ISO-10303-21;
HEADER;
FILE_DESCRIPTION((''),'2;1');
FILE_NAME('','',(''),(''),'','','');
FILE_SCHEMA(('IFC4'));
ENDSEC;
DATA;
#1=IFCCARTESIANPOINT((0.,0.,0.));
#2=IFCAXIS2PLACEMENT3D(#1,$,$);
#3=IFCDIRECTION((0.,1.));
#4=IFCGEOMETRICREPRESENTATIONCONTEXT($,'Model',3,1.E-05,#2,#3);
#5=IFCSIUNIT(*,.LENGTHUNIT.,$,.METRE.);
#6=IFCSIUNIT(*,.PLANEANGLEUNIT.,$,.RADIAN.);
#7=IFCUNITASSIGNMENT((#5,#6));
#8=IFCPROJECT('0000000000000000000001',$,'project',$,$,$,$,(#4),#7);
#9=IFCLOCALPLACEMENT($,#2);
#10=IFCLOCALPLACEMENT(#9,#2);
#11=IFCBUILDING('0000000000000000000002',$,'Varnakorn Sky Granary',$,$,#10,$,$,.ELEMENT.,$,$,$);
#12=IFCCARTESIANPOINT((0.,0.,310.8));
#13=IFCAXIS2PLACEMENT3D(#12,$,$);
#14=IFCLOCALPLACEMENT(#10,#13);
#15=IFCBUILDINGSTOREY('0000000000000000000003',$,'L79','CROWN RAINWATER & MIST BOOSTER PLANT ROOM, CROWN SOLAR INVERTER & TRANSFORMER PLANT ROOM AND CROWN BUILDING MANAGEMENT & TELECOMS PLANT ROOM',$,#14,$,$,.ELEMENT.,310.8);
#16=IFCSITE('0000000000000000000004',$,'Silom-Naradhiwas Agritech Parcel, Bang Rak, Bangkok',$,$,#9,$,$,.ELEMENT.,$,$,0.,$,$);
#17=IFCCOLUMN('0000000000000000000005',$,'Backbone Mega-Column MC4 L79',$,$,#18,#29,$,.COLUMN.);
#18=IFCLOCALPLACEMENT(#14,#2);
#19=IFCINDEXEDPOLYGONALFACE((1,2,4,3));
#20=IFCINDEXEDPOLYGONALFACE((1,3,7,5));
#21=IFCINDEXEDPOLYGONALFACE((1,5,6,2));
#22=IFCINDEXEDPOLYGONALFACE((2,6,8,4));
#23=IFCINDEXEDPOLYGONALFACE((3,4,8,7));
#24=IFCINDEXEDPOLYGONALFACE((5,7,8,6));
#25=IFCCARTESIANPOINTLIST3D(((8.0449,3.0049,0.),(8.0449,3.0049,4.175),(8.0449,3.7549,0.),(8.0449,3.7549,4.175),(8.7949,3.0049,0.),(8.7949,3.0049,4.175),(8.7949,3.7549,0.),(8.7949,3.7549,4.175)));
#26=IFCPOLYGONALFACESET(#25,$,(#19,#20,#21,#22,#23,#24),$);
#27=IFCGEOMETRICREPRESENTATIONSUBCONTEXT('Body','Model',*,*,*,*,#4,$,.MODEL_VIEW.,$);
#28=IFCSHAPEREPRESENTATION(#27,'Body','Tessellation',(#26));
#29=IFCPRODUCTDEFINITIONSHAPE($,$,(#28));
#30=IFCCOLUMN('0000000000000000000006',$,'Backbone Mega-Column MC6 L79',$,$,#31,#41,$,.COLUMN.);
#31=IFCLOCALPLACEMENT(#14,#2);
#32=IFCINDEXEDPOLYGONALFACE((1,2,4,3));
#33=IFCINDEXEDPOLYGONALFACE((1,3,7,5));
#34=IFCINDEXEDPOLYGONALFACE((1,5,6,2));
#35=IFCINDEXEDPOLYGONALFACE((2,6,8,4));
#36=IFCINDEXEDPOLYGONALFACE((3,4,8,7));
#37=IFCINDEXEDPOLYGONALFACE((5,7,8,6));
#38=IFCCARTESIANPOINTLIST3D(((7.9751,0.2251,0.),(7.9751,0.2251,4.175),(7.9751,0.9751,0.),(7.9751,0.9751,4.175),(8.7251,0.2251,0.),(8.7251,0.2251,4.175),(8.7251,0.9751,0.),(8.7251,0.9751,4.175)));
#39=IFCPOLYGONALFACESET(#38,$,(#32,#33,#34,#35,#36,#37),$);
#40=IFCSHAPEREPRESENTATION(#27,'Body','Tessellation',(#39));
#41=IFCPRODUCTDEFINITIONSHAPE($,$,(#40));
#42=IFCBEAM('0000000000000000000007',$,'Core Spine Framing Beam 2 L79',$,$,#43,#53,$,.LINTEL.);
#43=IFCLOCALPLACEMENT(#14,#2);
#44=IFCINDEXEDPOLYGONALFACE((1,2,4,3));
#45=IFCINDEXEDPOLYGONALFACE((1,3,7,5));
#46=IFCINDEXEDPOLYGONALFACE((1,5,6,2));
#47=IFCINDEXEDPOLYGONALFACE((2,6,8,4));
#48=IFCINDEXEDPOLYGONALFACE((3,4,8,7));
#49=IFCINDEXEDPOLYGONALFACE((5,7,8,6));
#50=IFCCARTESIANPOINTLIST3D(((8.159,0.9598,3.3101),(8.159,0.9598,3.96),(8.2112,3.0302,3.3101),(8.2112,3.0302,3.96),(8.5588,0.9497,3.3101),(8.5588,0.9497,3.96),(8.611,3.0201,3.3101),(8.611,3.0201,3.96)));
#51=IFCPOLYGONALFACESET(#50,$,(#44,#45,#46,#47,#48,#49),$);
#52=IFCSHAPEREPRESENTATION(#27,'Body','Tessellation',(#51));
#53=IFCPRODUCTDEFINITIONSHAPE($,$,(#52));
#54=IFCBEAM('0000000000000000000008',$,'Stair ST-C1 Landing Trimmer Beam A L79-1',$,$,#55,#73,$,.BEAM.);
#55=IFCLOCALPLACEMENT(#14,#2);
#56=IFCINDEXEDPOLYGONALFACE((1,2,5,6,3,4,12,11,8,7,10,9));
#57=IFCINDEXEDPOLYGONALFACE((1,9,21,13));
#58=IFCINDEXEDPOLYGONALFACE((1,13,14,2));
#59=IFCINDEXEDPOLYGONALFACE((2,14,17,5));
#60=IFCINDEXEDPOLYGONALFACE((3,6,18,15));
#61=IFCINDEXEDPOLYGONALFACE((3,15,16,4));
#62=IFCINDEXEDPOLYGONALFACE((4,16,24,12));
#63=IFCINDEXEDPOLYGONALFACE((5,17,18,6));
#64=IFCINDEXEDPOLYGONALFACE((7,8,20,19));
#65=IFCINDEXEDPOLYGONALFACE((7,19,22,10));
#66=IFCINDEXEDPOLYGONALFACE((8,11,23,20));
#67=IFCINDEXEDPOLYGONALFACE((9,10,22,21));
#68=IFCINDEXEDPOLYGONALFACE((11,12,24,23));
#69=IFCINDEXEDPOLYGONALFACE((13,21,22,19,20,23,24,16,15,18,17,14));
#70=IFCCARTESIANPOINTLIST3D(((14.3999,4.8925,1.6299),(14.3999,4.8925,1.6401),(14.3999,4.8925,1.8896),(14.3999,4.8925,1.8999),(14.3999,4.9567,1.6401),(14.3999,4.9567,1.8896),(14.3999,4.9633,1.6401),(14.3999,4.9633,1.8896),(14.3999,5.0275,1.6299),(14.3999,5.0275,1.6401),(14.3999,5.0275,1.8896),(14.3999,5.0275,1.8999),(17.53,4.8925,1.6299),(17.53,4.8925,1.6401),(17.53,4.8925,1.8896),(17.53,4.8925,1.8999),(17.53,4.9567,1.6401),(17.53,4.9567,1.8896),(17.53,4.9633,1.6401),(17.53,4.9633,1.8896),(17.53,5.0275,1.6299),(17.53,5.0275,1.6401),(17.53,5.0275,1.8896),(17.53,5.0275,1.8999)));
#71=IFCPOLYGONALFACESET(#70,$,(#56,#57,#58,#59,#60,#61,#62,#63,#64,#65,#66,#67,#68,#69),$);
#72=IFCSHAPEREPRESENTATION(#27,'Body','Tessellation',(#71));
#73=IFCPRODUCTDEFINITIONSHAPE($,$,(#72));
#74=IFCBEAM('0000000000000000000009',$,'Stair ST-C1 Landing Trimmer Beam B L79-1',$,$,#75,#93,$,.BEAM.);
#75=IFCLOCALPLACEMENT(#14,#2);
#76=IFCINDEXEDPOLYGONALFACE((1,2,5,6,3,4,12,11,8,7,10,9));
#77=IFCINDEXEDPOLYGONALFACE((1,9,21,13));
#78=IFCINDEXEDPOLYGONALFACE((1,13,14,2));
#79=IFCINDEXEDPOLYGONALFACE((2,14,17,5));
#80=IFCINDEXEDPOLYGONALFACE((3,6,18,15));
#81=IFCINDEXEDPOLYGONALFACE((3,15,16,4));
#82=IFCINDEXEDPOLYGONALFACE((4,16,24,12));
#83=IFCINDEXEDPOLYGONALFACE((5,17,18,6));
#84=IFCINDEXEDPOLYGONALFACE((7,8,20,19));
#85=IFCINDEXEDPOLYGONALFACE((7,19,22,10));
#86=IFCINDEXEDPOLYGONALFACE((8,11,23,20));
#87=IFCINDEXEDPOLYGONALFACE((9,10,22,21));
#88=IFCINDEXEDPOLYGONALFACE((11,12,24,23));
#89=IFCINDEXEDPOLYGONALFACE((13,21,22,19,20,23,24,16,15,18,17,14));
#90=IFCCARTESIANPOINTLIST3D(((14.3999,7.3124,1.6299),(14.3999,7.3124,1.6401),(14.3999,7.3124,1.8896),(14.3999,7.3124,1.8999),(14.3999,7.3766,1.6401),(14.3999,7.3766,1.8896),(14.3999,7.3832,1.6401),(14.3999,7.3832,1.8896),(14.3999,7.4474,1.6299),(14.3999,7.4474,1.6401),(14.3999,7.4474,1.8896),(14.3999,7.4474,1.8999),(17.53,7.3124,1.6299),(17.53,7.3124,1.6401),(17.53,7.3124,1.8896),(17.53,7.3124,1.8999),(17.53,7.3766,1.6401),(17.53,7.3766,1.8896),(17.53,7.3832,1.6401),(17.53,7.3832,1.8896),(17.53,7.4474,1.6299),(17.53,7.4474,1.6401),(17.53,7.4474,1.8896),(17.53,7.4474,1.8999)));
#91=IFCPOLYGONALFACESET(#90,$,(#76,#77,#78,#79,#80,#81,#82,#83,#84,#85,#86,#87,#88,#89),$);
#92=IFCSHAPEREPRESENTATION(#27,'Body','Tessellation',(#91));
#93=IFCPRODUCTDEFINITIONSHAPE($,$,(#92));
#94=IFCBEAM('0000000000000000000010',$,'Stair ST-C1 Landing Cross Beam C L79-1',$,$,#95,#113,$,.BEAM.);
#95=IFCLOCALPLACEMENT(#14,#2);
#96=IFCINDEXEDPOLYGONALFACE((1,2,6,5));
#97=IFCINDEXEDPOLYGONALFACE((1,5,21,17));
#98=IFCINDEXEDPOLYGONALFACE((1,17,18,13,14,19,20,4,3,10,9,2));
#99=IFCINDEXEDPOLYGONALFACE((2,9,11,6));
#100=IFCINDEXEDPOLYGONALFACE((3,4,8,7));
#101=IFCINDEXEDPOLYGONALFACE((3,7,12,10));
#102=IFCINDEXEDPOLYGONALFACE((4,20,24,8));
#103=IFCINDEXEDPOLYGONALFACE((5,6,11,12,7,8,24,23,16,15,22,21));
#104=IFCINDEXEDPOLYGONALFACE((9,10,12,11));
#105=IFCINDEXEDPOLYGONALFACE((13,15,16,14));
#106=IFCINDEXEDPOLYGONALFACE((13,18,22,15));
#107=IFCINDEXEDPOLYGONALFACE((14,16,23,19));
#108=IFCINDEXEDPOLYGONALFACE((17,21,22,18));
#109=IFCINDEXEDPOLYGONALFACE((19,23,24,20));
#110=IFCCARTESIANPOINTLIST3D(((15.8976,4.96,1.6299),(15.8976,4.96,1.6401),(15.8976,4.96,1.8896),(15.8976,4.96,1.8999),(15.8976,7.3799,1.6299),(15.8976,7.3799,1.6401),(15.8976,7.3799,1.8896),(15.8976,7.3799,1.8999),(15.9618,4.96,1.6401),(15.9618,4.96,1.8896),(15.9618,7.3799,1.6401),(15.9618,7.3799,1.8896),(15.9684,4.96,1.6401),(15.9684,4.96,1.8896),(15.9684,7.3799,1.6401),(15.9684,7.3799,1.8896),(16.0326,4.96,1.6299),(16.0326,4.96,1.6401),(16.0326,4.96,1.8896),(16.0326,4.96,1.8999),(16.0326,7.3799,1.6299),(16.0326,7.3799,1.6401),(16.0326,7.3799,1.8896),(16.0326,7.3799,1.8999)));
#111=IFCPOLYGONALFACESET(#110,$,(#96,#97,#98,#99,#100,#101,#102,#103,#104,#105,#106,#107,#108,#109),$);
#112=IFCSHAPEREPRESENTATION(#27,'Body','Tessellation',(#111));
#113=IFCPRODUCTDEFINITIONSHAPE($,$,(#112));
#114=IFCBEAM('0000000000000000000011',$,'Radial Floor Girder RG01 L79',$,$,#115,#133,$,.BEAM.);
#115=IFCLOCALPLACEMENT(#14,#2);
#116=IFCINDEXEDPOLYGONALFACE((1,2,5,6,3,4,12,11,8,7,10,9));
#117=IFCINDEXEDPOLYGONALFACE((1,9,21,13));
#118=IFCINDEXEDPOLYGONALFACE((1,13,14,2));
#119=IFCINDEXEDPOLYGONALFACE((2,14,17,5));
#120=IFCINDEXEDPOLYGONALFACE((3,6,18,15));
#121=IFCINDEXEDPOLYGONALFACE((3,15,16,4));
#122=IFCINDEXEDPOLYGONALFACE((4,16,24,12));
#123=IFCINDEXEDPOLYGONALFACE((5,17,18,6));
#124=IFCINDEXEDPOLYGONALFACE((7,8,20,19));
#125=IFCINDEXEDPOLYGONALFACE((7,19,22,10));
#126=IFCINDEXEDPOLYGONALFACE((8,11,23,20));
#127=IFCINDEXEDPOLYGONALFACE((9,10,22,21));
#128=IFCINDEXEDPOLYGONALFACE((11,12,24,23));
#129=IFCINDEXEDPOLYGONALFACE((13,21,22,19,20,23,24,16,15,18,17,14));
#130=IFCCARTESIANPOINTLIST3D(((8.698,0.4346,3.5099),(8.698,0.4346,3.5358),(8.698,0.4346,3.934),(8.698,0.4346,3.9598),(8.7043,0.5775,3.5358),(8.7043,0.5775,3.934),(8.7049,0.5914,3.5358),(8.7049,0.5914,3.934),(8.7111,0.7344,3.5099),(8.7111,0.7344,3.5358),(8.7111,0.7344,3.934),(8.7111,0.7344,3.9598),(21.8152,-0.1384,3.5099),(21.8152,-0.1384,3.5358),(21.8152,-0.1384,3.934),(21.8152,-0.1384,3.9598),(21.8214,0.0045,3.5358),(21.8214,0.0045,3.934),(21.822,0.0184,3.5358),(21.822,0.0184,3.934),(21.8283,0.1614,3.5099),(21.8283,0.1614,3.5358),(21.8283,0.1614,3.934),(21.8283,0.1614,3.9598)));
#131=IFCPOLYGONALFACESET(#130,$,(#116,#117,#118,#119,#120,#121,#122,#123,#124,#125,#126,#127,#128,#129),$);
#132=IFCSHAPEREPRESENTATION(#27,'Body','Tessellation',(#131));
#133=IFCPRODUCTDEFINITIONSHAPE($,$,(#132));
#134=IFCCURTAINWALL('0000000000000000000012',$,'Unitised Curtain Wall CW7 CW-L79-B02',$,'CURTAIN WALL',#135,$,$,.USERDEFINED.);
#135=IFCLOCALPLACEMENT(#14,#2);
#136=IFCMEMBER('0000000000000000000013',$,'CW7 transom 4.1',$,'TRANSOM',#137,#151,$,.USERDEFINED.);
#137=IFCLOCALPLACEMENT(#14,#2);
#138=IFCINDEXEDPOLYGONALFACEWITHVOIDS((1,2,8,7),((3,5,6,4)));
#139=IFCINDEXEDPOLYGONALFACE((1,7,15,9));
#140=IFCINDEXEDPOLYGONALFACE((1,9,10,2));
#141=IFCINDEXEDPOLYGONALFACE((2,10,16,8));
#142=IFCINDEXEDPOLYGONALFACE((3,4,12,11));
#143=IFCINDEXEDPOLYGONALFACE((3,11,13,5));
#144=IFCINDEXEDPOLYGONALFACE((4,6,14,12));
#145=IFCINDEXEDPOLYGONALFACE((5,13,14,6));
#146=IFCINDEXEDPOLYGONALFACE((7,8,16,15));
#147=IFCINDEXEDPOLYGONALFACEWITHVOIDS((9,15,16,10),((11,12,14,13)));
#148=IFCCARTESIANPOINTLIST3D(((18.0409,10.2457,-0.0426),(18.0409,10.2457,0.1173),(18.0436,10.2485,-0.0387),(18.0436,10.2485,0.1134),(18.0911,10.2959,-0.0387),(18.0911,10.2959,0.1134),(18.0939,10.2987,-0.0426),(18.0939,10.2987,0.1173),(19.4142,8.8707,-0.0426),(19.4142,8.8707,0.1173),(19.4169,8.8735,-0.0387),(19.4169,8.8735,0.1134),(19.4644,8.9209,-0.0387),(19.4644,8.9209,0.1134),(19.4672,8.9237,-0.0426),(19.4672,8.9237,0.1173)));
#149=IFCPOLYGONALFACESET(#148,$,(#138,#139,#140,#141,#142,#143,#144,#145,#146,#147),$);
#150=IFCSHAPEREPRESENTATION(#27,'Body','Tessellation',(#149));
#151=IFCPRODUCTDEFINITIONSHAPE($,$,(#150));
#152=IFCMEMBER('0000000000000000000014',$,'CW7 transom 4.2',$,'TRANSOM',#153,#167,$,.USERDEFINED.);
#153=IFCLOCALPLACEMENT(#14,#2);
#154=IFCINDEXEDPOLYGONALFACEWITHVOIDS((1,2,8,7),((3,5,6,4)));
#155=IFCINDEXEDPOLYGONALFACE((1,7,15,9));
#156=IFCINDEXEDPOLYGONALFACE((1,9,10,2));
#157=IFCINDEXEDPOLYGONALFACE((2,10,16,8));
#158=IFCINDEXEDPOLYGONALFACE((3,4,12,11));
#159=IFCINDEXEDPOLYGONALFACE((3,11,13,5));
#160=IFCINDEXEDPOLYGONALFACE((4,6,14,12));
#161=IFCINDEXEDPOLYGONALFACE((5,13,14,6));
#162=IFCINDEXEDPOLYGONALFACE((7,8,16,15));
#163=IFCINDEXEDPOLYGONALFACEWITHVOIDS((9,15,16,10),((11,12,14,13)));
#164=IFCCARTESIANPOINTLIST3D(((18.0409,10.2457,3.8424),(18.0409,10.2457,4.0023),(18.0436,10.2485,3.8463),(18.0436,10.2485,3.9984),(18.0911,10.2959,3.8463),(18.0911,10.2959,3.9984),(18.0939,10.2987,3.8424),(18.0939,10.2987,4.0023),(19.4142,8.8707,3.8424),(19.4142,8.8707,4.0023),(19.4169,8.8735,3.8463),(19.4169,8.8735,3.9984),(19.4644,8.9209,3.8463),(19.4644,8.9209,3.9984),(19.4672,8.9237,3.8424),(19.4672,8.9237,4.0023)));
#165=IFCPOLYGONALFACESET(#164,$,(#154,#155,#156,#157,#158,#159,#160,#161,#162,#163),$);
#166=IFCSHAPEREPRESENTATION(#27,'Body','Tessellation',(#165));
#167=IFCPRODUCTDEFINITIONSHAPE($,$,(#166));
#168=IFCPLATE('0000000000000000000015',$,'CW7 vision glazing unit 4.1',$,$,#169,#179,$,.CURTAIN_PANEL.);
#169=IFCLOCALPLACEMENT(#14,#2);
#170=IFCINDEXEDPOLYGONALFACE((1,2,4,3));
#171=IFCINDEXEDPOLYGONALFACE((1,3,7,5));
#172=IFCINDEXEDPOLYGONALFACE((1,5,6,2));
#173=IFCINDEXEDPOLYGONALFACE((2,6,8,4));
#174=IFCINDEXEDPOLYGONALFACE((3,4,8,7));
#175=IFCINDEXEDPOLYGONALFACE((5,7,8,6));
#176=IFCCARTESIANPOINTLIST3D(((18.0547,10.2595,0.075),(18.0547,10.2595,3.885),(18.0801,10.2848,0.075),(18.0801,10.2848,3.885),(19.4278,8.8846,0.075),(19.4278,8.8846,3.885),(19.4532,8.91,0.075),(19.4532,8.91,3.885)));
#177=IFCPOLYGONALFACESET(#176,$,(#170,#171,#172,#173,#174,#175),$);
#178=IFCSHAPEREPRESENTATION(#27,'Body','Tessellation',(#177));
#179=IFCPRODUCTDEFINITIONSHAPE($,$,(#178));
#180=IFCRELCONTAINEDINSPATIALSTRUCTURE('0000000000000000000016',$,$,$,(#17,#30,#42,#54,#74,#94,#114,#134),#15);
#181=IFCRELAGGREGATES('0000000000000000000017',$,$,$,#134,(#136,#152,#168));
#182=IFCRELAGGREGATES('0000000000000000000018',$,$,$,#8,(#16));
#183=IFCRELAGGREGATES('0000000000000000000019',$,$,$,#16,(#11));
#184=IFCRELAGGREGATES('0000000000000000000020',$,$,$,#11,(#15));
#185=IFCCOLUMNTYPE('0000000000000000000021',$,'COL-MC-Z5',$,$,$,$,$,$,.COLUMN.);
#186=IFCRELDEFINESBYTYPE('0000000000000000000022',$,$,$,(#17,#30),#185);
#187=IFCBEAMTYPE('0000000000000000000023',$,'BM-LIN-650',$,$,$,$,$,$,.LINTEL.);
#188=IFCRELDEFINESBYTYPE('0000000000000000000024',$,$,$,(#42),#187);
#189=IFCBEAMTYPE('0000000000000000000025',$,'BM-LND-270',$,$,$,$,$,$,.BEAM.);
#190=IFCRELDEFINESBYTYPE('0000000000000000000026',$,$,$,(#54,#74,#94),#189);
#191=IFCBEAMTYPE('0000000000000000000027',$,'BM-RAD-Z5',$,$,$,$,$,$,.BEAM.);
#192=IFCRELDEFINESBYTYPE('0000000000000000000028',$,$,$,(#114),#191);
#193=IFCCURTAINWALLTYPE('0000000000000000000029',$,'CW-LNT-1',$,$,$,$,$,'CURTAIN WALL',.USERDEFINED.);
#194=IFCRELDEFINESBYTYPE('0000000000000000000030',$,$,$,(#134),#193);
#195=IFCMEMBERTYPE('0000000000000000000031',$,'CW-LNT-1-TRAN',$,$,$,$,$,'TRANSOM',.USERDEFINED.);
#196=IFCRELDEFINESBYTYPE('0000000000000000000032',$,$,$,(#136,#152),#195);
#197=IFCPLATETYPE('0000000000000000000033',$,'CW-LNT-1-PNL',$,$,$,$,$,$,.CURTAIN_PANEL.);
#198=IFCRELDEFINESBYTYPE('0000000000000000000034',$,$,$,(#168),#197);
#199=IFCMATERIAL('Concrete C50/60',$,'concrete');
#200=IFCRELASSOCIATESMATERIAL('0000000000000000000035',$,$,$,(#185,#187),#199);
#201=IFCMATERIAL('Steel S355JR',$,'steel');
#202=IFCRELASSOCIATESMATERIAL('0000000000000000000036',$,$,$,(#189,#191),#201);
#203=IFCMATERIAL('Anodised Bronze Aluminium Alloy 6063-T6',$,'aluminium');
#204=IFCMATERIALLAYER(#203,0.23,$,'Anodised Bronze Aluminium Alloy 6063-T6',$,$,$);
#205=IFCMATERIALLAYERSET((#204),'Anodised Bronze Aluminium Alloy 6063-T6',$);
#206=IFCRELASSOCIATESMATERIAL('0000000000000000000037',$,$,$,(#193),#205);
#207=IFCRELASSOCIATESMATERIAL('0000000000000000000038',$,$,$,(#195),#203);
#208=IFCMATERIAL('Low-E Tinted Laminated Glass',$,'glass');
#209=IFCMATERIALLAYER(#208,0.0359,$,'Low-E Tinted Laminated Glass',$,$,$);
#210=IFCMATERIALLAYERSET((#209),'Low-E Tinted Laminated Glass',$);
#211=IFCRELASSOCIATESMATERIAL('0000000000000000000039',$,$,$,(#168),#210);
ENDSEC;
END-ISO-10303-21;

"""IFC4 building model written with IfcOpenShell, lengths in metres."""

from ifc_helpers import new_model, si_unit, direction, frame, origin, origin_2d, place, context, subcontext, project, spatial, rectangle, hollow_rectangle, i_section, extrude, source, transform, mapped, material, layer, layer_set, material_profile, profile_set, type_object, type_shapes, element, aggregate, save


model = new_model("IFC4")

# Units and contexts
model_context = context("Model", 3, precision=1e-05, world=origin(), true_north=direction((0.0, 1.0)))
body_context = subcontext(model_context, "Body", "Model", "MODEL_VIEW")
ifc_project = project(units=[si_unit("LENGTHUNIT", "METRE"), si_unit("PLANEANGLEUNIT", "RADIAN")], contexts=[model_context])

# Site, building, storey
site_placement = place(None, origin())
site = spatial("IfcSite", under=ifc_project, at=site_placement, Name="Silom-Naradhiwas Agritech Parcel, Bang Rak, Bangkok", CompositionType="ELEMENT", RefElevation=0.0)
building_placement = place(site_placement, origin())
building = spatial("IfcBuilding", under=site, at=building_placement, Name="Varnakorn Sky Granary", CompositionType="ELEMENT")
storey_placement = place(building_placement, frame((0.0, 0.0, 310.8)))
storey = spatial("IfcBuildingStorey", under=building, at=storey_placement, Name="L79", Description="CROWN RAINWATER & MIST BOOSTER PLANT ROOM, CROWN SOLAR INVERTER & TRANSFORMER PLANT ROOM AND CROWN BUILDING MANAGEMENT & TELECOMS PLANT ROOM", CompositionType="ELEMENT", Elevation=310.8)

# Columns
ifc_material_1 = material(Name="Concrete C50/60", Category="concrete")
ifc_material_profile_1 = material_profile(ifc_material_1, rectangle(XDim=0.75, YDim=0.75, at=origin_2d()), Name="RC 750x750")
ifc_profile_set_1 = profile_set([ifc_material_profile_1], Name="Concrete C50/60")
column_type = type_object("IfcColumnType", Name="COL-MC-Z5", PredefinedType="COLUMN", material=ifc_profile_set_1)
for number, where, z_axis, x_axis, name in (
    (1, (8.4199, 3.3799, 0.0), (0.0, 0.0, 1.0), (1.0, 0.0, 0.0), "Backbone Mega-Column MC4 L79"),
    (2, (8.3501, 0.6001, 0.0), (0.0, 0.0, 1.0), (1.0, 0.0, 0.0), "Backbone Mega-Column MC6 L79"),
):
    element("IfcColumn", number, at=place(storey_placement, frame(where, z_axis=z_axis, x_axis=x_axis)), inside=storey, type_object=column_type, Name=name, PredefinedType="COLUMN", context=body_context, shape_type="SweptSolid", body=[
        extrude(rectangle(XDim=0.75, YDim=0.75, at=origin_2d()), origin(), (0.0, 0.0, 1.0), 4.175),
    ])

# Beams
ifc_material_profile_2 = material_profile(ifc_material_1, rectangle(XDim=0.3999, YDim=0.6499, at=origin_2d()), Name="RC 400x650")
ifc_profile_set_2 = profile_set([ifc_material_profile_2], Name="Concrete C50/60")
beam_type_1 = type_object("IfcBeamType", Name="BM-LIN-650", PredefinedType="LINTEL", material=ifc_profile_set_2)
beam_1_placement = place(storey_placement, frame((8.4111, 3.0251, 3.635), z_axis=(-0.025228, -0.999682, 0.0), x_axis=(0.999682, -0.025228, 0.0)))
element("IfcBeam", 3, at=beam_1_placement, inside=storey, type_object=beam_type_1, Name="Core Spine Framing Beam 2 L79", PredefinedType="LINTEL", context=body_context, shape_type="SweptSolid", body=[
    extrude(rectangle(XDim=0.3999, YDim=0.6499, at=origin_2d()), origin(), (0.0, 0.0, 1.0), 2.071),
])
ifc_material_2 = material(Name="Steel S355JR", Category="steel")
ifc_material_profile_3 = material_profile(ifc_material_2, i_section(OverallWidth=0.135, OverallDepth=0.27, WebThickness=0.0066, FlangeThickness=0.0103, at=origin_2d()), Name="IPE 270")
ifc_profile_set_3 = profile_set([ifc_material_profile_3], Name="Steel S355JR")
beam_type_2 = type_object("IfcBeamType", Name="BM-LND-270", PredefinedType="BEAM", material=ifc_profile_set_3)
for number, where, z_axis, x_axis, name in (
    (4, (14.3999, 4.96, 1.7649), (1.0, 0.0, 0.0), (0.0, 1.0, 0.0), "Stair ST-C1 Landing Trimmer Beam A L79-1"),
    (5, (14.3999, 7.3799, 1.7649), (1.0, 0.0, 0.0), (0.0, 1.0, 0.0), "Stair ST-C1 Landing Trimmer Beam B L79-1"),
):
    element("IfcBeam", number, at=place(storey_placement, frame(where, z_axis=z_axis, x_axis=x_axis)), inside=storey, type_object=beam_type_2, Name=name, PredefinedType="BEAM", context=body_context, shape_type="SweptSolid", body=[
        extrude(i_section(OverallWidth=0.135, OverallDepth=0.27, WebThickness=0.0066, FlangeThickness=0.0103, at=origin_2d()), origin(), (0.0, 0.0, 1.0), 3.1301),
    ])
beam_2_placement = place(storey_placement, frame((15.9651, 4.96, 1.7649), z_axis=(0.0, 1.0, 0.0), x_axis=(-1.0, 0.0, 0.0)))
element("IfcBeam", 6, at=beam_2_placement, inside=storey, type_object=beam_type_2, Name="Stair ST-C1 Landing Cross Beam C L79-1", PredefinedType="BEAM", context=body_context, shape_type="SweptSolid", body=[
    extrude(i_section(OverallWidth=0.135, OverallDepth=0.27, WebThickness=0.0066, FlangeThickness=0.0103, at=origin_2d()), origin(), (0.0, 0.0, 1.0), 2.4199),
])
ifc_material_profile_4 = material_profile(ifc_material_2, i_section(OverallWidth=0.3, OverallDepth=0.45, WebThickness=0.0139, FlangeThickness=0.0259, at=origin_2d()), Name="HE 450 B")
ifc_profile_set_4 = profile_set([ifc_material_profile_4], Name="Steel S355JR")
beam_type_3 = type_object("IfcBeamType", Name="BM-RAD-Z5", PredefinedType="BEAM", material=ifc_profile_set_4)
beam_3_placement = place(storey_placement, frame((8.7046, 0.5845, 3.7349), z_axis=(0.999047, -0.043641, 0.0), x_axis=(0.043641, 0.999047, 0.0)))
element("IfcBeam", 7, at=beam_3_placement, inside=storey, type_object=beam_type_3, Name="Radial Floor Girder RG01 L79", PredefinedType="BEAM", context=body_context, shape_type="SweptSolid", body=[
    extrude(i_section(OverallWidth=0.3, OverallDepth=0.45, WebThickness=0.0139, FlangeThickness=0.0259, at=origin_2d()), origin(), (0.0, 0.0, 1.0), 13.1296),
])

# Curtain wall, members, plate
ifc_material_3 = material(Name="Anodised Bronze Aluminium Alloy 6063-T6", Category="aluminium")
ifc_layer_1 = layer(ifc_material_3, 0.23, Name="Anodised Bronze Aluminium Alloy 6063-T6")
ifc_layer_set_1 = layer_set([ifc_layer_1], Name="Anodised Bronze Aluminium Alloy 6063-T6")
curtain_wall_type = type_object("IfcCurtainWallType", Name="CW-LNT-1", ElementType="CURTAIN WALL", PredefinedType="USERDEFINED", material=ifc_layer_set_1)
curtain_wall_placement = place(storey_placement, origin())
curtain_wall = element("IfcCurtainWall", 8, at=curtain_wall_placement, inside=storey, type_object=curtain_wall_type, Name="Unitised Curtain Wall CW7 CW-L79-B02", ObjectType="CURTAIN WALL", PredefinedType="USERDEFINED")
ifc_material_profile_5 = material_profile(ifc_material_3, hollow_rectangle(XDim=0.075, YDim=0.1599, WallThickness=0.0039, at=origin_2d()), Name="ALU TRAN 75x160")
ifc_profile_set_5 = profile_set([ifc_material_profile_5], Name="Anodised Bronze Aluminium Alloy 6063-T6")
member_type = type_object("IfcMemberType", Name="CW-LNT-1-TRAN", ElementType="TRANSOM", PredefinedType="USERDEFINED", material=ifc_profile_set_5)
member_1_placement = place(storey_placement, frame((18.0674, 10.2722, 0.0374), z_axis=(0.706667, -0.707546, 0.0), x_axis=(0.707546, 0.706667, 0.0)))
member_1 = element("IfcMember", 9, at=member_1_placement, type_object=member_type, Name="CW7 transom 4.1", ObjectType="TRANSOM", PredefinedType="USERDEFINED", context=body_context, shape_type="SweptSolid", body=[
    extrude(hollow_rectangle(XDim=0.075, YDim=0.1599, WallThickness=0.0039, at=origin_2d()), origin(), (0.0, 0.0, 1.0), 1.9434),
])
member_2_placement = place(storey_placement, frame((18.0674, 10.2722, 3.9224), z_axis=(0.706667, -0.707546, 0.0), x_axis=(0.707546, 0.706667, 0.0)))
member_2 = element("IfcMember", 10, at=member_2_placement, type_object=member_type, Name="CW7 transom 4.2", ObjectType="TRANSOM", PredefinedType="USERDEFINED", context=body_context, shape_type="SweptSolid", body=[
    extrude(hollow_rectangle(XDim=0.075, YDim=0.1599, WallThickness=0.0039, at=origin_2d()), origin(), (0.0, 0.0, 1.0), 1.9434),
])
ifc_material_4 = material(Name="Low-E Tinted Laminated Glass", Category="glass")
ifc_layer_2 = layer(ifc_material_4, 0.0359, Name="Low-E Tinted Laminated Glass")
ifc_layer_set_2 = layer_set([ifc_layer_2], Name="Low-E Tinted Laminated Glass")
plate_type = type_object("IfcPlateType", Name="CW-LNT-1-PNL", PredefinedType="CURTAIN_PANEL")
shared_shape = source(origin(), body_context, "Body", "SweptSolid", [
    extrude(rectangle(XDim=1.9431, YDim=0.0359, at=origin_2d()), origin(), (0.0, 0.0, 1.0), 3.8101),
])
type_shapes(plate_type, [shared_shape])
plate_placement = place(storey_placement, frame((18.7539, 9.5847, 0.075), z_axis=(0.0, 0.0, 1.0), x_axis=(0.706651, -0.707563, 0.0)))
plate = element("IfcPlate", 11, at=plate_placement, type_object=plate_type, material=ifc_layer_set_2, Name="CW7 vision glazing unit 4.1", PredefinedType="CURTAIN_PANEL", context=body_context, shape_type="MappedRepresentation", body=[
    mapped(shared_shape, transform((0.0, 0.0, 0.0), x_axis=(1.0, 0.0, 0.0), y_axis=(0.0, 1.0, 0.0), z_axis=(0.0, 0.0, 1.0), scale=1.0)),
])
aggregate(curtain_wall, [member_1, member_2, plate])

save(model, "model.ifc")
